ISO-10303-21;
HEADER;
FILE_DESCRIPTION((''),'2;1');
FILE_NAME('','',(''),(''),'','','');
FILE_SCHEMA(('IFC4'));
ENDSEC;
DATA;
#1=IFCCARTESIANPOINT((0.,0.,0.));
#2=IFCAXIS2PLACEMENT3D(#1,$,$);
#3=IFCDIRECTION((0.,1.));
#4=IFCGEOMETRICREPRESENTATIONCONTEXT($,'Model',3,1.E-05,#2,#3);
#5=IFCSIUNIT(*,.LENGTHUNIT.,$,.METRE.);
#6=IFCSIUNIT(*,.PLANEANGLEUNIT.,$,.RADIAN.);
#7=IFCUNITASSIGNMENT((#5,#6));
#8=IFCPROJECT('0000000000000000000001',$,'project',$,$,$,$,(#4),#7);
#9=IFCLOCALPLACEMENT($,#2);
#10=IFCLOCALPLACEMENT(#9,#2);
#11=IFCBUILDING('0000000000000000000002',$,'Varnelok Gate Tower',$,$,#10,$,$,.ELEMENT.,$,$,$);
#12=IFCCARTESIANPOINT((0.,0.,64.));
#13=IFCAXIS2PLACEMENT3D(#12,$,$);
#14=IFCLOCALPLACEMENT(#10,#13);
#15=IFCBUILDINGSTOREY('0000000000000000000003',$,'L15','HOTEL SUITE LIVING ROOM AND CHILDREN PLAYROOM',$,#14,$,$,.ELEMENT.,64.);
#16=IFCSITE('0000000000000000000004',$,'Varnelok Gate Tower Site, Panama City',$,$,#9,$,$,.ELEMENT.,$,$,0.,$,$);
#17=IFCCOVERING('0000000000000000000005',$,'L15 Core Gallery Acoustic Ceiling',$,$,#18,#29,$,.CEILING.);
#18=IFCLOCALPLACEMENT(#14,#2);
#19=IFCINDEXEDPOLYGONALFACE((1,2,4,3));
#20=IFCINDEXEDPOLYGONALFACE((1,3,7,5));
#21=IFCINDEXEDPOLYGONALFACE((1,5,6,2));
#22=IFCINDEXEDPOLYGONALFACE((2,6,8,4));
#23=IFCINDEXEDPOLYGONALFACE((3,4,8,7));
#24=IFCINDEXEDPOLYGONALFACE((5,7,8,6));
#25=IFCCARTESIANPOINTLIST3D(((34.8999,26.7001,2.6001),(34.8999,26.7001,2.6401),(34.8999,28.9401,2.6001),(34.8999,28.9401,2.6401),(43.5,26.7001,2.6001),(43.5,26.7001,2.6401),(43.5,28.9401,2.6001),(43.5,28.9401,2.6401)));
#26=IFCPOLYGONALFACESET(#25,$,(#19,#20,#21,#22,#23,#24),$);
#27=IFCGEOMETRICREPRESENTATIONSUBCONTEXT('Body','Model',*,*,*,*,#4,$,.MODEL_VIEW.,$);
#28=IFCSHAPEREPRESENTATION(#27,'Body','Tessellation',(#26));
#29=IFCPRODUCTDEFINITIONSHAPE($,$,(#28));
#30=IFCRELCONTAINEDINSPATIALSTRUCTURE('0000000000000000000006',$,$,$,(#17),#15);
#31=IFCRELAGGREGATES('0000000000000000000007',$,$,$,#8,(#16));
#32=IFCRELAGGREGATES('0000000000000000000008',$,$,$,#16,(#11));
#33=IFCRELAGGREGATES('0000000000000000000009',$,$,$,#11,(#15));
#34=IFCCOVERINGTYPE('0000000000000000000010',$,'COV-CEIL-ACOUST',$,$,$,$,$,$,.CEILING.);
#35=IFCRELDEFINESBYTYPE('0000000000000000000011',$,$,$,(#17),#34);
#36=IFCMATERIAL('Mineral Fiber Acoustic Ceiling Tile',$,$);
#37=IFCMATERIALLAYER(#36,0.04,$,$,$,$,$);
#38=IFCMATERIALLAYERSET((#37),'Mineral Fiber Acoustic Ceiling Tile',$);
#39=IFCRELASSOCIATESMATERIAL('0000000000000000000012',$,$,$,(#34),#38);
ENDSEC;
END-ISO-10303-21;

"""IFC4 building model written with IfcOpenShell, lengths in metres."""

from ifc_helpers import new_model, si_unit, direction, frame, origin, origin_2d, place, context, subcontext, project, spatial, rectangle, extrude, source, transform, mapped, material, layer, layer_set, type_object, element, save


model = new_model("IFC4")

# Units and contexts
model_context = context("Model", 3, precision=1e-05, world=origin(), true_north=direction((0.0, 1.0)))
body_context = subcontext(model_context, "Body", "Model", "MODEL_VIEW")
ifc_project = project(units=[si_unit("LENGTHUNIT", "METRE"), si_unit("PLANEANGLEUNIT", "RADIAN")], contexts=[model_context])

# Site, building, storey
site_placement = place(None, origin())
site = spatial("IfcSite", under=ifc_project, at=site_placement, Name="Varnelok Gate Tower Site, Panama City", CompositionType="ELEMENT", RefElevation=0.0)
building_placement = place(site_placement, origin())
building = spatial("IfcBuilding", under=site, at=building_placement, Name="Varnelok Gate Tower", CompositionType="ELEMENT")
storey_placement = place(building_placement, frame((0.0, 0.0, 64.0)))
storey = spatial("IfcBuildingStorey", under=building, at=storey_placement, Name="L15", Description="HOTEL SUITE LIVING ROOM AND CHILDREN PLAYROOM", CompositionType="ELEMENT", Elevation=64.0)

# Covering
ifc_material_1 = material(Name="Mineral Fiber Acoustic Ceiling Tile")
ifc_layer_1 = layer(ifc_material_1, 0.04)
ifc_layer_set_1 = layer_set([ifc_layer_1], Name="Mineral Fiber Acoustic Ceiling Tile")
covering_type_1 = type_object("IfcCoveringType", Name="COV-CEIL-ACOUST", PredefinedType="CEILING", material=ifc_layer_set_1)
shared_shape_1 = source(origin(), body_context, "Body", "SweptSolid", [
    extrude(rectangle(XDim=8.6001, YDim=2.24, at=origin_2d()), origin(), (0.0, 0.0, 1.0), 0.04),
])
covering_1_placement = place(storey_placement, frame((39.2, 27.8201, 2.6001), z_axis=(0.0, 0.0, 1.0), x_axis=(1.0, 0.0, 0.0)))
element("IfcCovering", 1, at=covering_1_placement, inside=storey, type_object=covering_type_1, Name="L15 Core Gallery Acoustic Ceiling", PredefinedType="CEILING", context=body_context, shape_type="MappedRepresentation", body=[
    mapped(shared_shape_1, transform((0.0, 0.0, 0.0), scale=1.0)),
])

save(model, "model.ifc")
